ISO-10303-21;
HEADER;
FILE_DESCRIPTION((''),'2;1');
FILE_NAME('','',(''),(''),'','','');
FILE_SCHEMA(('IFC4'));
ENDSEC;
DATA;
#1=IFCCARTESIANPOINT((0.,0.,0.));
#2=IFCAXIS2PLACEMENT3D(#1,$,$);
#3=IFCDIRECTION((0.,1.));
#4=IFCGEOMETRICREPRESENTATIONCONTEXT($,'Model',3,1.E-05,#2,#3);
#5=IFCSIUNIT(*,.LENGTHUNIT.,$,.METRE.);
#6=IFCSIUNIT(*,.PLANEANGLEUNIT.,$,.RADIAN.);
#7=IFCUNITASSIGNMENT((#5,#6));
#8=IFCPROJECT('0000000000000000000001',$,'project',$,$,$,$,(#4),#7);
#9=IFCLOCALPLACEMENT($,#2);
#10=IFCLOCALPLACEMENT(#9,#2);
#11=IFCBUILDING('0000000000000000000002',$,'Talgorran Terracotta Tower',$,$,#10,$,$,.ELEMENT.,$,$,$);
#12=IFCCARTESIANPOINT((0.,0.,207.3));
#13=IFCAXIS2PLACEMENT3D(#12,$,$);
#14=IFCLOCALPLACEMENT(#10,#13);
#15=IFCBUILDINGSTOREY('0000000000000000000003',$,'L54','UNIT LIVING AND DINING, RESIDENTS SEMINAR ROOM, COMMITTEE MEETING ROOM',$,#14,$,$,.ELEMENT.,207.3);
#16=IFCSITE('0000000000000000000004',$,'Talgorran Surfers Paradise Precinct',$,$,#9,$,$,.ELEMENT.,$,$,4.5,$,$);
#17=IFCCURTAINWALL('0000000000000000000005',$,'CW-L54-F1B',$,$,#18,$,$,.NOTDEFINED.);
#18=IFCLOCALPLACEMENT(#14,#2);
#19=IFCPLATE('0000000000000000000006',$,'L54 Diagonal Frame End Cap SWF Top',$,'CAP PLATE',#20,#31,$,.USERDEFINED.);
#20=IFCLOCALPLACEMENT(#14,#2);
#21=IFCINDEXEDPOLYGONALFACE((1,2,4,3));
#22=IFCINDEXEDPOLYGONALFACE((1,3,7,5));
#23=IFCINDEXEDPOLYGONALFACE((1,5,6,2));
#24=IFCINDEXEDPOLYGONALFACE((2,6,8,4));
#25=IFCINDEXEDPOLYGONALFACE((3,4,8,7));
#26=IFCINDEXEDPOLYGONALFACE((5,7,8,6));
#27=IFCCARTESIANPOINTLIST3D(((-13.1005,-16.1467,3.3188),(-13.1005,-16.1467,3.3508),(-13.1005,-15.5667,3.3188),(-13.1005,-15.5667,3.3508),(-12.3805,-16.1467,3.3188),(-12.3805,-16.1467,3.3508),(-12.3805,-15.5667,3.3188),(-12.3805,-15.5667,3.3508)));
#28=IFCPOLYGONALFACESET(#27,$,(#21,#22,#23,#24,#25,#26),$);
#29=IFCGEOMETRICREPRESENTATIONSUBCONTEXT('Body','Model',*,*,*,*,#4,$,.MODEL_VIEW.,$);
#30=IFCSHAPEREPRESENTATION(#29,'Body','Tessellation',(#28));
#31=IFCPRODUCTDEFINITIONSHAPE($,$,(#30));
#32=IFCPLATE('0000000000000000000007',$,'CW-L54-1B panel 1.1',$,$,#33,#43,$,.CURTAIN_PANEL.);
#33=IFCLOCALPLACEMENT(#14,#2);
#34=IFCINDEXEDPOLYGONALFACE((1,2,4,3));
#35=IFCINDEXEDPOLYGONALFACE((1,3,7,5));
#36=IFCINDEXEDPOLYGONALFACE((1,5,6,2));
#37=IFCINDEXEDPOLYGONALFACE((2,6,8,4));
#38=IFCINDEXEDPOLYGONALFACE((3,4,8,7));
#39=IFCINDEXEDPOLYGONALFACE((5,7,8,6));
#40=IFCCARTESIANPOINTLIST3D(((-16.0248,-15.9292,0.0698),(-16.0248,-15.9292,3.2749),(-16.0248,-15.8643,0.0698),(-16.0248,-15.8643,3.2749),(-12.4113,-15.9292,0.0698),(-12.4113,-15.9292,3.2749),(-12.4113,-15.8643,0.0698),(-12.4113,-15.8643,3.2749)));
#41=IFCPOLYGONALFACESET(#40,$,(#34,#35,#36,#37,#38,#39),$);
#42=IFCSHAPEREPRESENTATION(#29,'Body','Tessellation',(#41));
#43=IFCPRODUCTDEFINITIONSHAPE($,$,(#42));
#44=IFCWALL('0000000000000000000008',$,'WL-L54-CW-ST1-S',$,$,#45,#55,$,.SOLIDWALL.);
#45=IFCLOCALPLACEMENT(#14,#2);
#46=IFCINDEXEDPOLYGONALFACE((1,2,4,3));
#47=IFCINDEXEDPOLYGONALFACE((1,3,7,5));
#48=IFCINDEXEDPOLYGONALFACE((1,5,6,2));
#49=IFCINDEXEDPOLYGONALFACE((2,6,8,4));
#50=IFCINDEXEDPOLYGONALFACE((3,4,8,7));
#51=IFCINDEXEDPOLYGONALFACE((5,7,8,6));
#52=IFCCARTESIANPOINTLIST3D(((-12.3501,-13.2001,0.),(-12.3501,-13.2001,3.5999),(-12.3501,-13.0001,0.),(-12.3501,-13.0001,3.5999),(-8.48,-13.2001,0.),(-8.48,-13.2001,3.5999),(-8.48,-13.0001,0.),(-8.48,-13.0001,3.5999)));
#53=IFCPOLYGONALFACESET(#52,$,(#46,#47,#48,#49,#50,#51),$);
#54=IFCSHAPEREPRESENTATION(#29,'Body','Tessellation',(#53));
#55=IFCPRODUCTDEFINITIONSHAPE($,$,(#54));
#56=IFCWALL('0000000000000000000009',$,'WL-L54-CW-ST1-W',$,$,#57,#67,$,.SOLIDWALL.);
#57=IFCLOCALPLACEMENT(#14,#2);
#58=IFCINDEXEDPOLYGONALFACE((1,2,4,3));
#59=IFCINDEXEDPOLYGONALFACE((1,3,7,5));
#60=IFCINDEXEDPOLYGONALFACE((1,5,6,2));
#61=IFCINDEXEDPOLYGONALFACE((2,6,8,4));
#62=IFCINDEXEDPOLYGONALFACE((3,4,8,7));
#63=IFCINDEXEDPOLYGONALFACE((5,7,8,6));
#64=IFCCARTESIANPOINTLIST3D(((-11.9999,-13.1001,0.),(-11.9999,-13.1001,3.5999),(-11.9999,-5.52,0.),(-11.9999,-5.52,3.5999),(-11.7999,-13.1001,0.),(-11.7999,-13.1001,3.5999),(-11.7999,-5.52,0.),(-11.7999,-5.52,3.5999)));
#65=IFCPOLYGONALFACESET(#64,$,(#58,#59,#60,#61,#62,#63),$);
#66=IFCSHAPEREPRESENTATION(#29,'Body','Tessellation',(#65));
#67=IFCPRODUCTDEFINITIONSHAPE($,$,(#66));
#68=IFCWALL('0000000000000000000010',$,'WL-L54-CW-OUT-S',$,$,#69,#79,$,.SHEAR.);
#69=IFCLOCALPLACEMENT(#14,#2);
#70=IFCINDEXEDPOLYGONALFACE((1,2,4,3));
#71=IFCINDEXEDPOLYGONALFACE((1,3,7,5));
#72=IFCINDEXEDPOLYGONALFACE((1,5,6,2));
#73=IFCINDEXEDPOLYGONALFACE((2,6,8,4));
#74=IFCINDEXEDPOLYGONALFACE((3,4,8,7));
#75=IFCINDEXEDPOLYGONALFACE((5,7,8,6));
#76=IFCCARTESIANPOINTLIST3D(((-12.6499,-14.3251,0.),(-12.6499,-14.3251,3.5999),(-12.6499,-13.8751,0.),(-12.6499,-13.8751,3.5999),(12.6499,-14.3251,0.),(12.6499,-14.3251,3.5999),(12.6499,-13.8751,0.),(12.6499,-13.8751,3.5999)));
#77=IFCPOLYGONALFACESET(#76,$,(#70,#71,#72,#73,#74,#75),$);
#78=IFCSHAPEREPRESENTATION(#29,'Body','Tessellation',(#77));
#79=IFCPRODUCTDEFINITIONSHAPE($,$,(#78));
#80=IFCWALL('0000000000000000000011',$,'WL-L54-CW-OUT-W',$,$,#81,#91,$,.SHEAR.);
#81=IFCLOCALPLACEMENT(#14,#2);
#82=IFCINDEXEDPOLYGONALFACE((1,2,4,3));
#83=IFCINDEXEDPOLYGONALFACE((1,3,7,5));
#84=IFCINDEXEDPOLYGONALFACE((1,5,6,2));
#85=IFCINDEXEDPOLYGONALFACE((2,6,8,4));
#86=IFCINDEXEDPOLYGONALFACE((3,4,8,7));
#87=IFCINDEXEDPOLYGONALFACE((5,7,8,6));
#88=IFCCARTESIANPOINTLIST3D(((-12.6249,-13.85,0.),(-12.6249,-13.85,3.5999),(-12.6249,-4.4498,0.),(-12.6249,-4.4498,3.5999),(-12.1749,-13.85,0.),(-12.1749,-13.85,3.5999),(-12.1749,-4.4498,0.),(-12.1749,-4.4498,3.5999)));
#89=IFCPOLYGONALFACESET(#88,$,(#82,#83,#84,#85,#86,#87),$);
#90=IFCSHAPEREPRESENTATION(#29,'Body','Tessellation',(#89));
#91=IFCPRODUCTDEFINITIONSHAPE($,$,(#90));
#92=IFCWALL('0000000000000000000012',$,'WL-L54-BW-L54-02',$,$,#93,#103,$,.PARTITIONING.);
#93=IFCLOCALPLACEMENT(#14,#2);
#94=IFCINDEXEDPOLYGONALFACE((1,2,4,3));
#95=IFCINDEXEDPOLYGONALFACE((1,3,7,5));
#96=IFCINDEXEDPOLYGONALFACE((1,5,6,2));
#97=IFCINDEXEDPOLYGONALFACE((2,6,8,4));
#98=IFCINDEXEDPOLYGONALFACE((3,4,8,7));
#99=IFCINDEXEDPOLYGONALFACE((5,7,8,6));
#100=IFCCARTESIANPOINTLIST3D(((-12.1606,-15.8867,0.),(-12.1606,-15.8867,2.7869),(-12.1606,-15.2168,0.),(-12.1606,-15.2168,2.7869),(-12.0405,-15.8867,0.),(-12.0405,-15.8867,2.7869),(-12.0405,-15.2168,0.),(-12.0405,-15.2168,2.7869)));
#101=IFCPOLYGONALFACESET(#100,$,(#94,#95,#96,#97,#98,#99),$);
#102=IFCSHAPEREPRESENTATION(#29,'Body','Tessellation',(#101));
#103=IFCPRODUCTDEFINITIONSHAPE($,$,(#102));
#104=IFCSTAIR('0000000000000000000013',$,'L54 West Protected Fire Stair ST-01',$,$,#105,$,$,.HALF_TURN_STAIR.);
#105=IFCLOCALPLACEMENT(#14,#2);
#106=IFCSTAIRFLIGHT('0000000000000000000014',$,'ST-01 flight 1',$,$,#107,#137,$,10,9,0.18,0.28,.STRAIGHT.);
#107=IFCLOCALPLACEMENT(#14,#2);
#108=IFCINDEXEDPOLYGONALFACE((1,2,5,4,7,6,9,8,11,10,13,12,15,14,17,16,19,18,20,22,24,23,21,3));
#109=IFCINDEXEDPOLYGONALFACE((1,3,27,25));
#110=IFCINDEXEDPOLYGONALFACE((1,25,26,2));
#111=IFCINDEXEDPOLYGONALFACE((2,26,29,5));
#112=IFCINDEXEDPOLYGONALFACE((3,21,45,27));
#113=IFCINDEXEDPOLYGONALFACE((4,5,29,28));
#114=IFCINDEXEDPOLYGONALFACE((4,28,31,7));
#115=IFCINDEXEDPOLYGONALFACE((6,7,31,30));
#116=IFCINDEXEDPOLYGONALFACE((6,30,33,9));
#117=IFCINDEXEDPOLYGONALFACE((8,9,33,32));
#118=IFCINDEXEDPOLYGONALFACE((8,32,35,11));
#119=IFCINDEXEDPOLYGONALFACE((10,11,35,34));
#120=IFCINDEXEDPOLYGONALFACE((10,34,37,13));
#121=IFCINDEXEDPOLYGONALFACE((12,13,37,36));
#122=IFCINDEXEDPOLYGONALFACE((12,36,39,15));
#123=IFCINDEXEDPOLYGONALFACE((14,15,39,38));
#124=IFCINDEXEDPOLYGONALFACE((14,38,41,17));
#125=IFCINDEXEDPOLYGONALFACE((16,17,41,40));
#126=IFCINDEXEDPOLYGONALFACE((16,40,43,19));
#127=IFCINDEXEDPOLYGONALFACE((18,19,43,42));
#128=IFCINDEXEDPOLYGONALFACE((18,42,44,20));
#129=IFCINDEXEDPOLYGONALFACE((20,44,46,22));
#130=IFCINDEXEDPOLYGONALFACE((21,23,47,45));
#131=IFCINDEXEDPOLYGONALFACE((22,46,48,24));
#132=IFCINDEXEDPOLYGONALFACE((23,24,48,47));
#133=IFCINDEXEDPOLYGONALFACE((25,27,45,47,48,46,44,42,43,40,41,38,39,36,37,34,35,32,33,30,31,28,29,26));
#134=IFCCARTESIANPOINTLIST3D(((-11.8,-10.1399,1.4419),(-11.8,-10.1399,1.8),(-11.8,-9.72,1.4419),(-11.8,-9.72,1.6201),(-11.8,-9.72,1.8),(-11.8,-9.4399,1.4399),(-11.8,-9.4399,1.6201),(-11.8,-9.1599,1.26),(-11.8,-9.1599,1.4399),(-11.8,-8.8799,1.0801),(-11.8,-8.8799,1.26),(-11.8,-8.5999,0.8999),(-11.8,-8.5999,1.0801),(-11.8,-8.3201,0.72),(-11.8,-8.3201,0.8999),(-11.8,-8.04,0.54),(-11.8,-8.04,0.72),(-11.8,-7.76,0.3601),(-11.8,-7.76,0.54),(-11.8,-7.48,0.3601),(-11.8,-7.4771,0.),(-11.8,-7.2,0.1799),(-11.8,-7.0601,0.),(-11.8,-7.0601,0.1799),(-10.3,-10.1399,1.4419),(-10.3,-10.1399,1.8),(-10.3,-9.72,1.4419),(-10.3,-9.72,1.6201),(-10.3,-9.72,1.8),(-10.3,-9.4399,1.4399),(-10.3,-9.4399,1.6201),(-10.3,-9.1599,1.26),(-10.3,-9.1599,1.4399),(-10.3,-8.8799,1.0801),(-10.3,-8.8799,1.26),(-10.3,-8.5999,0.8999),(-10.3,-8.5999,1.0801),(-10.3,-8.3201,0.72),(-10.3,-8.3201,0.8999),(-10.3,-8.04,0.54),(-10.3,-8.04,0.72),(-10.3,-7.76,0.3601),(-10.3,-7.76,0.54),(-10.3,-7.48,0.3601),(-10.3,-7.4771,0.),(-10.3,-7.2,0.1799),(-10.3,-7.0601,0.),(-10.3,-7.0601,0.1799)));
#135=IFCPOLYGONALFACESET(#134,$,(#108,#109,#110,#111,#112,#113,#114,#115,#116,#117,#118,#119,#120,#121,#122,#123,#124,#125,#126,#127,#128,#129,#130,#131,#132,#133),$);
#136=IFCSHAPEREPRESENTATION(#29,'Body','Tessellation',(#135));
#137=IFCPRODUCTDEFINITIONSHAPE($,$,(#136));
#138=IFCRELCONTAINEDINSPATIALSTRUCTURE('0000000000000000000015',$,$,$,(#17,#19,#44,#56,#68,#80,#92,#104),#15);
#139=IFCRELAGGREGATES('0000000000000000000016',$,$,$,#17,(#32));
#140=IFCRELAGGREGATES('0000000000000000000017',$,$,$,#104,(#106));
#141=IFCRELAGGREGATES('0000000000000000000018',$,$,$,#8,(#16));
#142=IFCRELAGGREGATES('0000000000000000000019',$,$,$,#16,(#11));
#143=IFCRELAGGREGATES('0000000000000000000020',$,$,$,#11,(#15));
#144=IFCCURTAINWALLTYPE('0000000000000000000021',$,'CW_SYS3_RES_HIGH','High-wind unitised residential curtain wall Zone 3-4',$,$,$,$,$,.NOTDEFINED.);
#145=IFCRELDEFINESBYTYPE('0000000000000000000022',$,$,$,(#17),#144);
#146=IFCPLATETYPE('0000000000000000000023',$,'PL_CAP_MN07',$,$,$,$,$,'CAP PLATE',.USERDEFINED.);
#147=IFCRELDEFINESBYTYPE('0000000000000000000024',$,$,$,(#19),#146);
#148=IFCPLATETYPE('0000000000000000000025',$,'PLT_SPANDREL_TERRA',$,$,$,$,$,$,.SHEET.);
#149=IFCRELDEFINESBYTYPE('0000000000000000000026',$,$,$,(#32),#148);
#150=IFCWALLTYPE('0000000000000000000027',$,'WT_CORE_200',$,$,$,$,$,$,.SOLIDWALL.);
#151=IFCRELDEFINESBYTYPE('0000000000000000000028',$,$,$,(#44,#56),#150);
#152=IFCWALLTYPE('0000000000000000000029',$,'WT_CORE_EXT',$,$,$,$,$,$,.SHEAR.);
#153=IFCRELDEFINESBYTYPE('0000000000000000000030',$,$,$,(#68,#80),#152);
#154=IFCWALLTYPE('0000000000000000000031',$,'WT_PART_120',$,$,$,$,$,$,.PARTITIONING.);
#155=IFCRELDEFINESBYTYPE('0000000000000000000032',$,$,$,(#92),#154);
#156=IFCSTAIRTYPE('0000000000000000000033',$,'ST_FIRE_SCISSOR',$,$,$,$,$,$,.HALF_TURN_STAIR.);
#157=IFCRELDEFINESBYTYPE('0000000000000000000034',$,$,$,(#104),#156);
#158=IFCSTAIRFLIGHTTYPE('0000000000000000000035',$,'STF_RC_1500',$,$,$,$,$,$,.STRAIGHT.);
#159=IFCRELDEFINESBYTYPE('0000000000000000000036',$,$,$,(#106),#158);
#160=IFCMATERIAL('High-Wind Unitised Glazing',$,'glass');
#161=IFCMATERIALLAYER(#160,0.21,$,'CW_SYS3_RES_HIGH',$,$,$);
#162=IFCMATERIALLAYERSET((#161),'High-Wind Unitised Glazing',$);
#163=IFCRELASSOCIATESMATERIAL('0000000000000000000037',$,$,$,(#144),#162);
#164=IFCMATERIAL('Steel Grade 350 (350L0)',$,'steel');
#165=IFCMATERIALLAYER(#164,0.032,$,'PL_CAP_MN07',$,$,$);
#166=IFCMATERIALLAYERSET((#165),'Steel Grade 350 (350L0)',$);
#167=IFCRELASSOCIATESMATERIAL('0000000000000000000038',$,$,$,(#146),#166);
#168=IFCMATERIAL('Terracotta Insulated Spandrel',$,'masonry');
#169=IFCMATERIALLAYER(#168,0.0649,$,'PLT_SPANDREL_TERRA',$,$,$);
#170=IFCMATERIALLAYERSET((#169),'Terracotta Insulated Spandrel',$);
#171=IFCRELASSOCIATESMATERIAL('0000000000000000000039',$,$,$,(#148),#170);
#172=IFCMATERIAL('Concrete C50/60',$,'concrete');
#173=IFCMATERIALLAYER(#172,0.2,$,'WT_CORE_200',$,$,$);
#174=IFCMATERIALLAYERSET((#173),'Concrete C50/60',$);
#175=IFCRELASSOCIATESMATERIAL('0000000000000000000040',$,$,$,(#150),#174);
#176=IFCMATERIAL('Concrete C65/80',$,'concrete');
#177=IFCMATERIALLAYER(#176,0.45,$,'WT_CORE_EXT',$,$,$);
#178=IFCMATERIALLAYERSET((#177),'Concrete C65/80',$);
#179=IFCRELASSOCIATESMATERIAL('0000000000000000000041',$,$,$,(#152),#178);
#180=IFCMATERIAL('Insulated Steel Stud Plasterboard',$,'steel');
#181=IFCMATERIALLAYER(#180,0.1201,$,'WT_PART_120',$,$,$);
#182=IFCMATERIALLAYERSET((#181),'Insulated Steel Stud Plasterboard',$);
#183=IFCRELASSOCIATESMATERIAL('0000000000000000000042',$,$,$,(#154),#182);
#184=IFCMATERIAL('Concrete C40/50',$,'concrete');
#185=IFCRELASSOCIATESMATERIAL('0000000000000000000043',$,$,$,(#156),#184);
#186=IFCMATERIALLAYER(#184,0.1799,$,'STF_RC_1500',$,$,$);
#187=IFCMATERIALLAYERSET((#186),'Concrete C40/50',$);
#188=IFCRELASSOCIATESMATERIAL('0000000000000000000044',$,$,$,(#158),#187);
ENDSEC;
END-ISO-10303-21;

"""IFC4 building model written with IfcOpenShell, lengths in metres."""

from ifc_helpers import new_model, si_unit, direction, frame, frame_2d, origin, origin_2d, place, context, subcontext, project, spatial, polyline, rectangle, outline, extrude, source, transform, mapped, material, layer, layer_set, type_object, type_shapes, element, aggregate, save


model = new_model("IFC4")

# Units and contexts
model_context = context("Model", 3, precision=1e-05, world=origin(), true_north=direction((0.0, 1.0)))
body_context = subcontext(model_context, "Body", "Model", "MODEL_VIEW")
ifc_project = project(units=[si_unit("LENGTHUNIT", "METRE"), si_unit("PLANEANGLEUNIT", "RADIAN")], contexts=[model_context])

# Site, building, storey
site_placement = place(None, origin())
site = spatial("IfcSite", under=ifc_project, at=site_placement, Name="Talgorran Surfers Paradise Precinct", CompositionType="ELEMENT", RefElevation=4.5)
building_placement = place(site_placement, origin())
building = spatial("IfcBuilding", under=site, at=building_placement, Name="Talgorran Terracotta Tower", CompositionType="ELEMENT")
storey_placement = place(building_placement, frame((0.0, 0.0, 207.3)))
storey = spatial("IfcBuildingStorey", under=building, at=storey_placement, Name="L54", Description="UNIT LIVING AND DINING, RESIDENTS SEMINAR ROOM, COMMITTEE MEETING ROOM", CompositionType="ELEMENT", Elevation=207.3)

# Shared definitions
ifc_material_1 = material(Name="Steel Grade 350 (350L0)", Category="steel")

# Curtain wall
ifc_material_2 = material(Name="High-Wind Unitised Glazing", Category="glass")
ifc_layer_1 = layer(ifc_material_2, 0.21, Name="CW_SYS3_RES_HIGH")
ifc_layer_set_1 = layer_set([ifc_layer_1], Name="High-Wind Unitised Glazing")
curtain_wall_type = type_object("IfcCurtainWallType", Name="CW_SYS3_RES_HIGH", Description="High-wind unitised residential curtain wall Zone 3-4", PredefinedType="NOTDEFINED", material=ifc_layer_set_1)
curtain_wall_1_placement = place(storey_placement, origin())
curtain_wall_1 = element("IfcCurtainWall", 1, at=curtain_wall_1_placement, inside=storey, type_object=curtain_wall_type, Name="CW-L54-F1B", PredefinedType="NOTDEFINED")

# Plates
ifc_layer_2 = layer(ifc_material_1, 0.032, Name="PL_CAP_MN07")
ifc_layer_set_2 = layer_set([ifc_layer_2], Name="Steel Grade 350 (350L0)")
plate_type_1 = type_object("IfcPlateType", Name="PL_CAP_MN07", ElementType="CAP PLATE", PredefinedType="USERDEFINED", material=ifc_layer_set_2)
plate_1_placement = place(storey_placement, frame((-12.7405, -15.8567, 3.3188), z_axis=(0.0, 0.0, 1.0), x_axis=(1.0, 0.0, 0.0)))
element("IfcPlate", 2, at=plate_1_placement, inside=storey, type_object=plate_type_1, Name="L54 Diagonal Frame End Cap SWF Top", ObjectType="CAP PLATE", PredefinedType="USERDEFINED", context=body_context, shape_type="SweptSolid", body=[
    extrude(rectangle(XDim=0.72, YDim=0.5801, at=origin_2d()), origin(), (0.0, 0.0, 1.0), 0.032),
])
ifc_material_3 = material(Name="Terracotta Insulated Spandrel", Category="masonry")
ifc_layer_3 = layer(ifc_material_3, 0.0649, Name="PLT_SPANDREL_TERRA")
ifc_layer_set_3 = layer_set([ifc_layer_3], Name="Terracotta Insulated Spandrel")
plate_type_2 = type_object("IfcPlateType", Name="PLT_SPANDREL_TERRA", PredefinedType="SHEET", material=ifc_layer_set_3)
shared_shape = source(origin(), body_context, "Body", "SweptSolid", [
    extrude(rectangle(XDim=3.6135, YDim=0.0649, at=origin_2d()), origin(), (0.0, 0.0, 1.0), 3.2051),
])
type_shapes(plate_type_2, [shared_shape])
plate_2_placement = place(storey_placement, frame((-14.218, -15.8967, 0.0698), z_axis=(0.0, 0.0, 1.0), x_axis=(1.0, 0.0, 0.0)))
plate_2 = element("IfcPlate", 3, at=plate_2_placement, type_object=plate_type_2, Name="CW-L54-1B panel 1.1", PredefinedType="CURTAIN_PANEL", context=body_context, shape_type="MappedRepresentation", body=[
    mapped(shared_shape, transform((0.0, 0.0, 0.0), scale=1.0)),
])
aggregate(curtain_wall_1, [plate_2])

# Walls
ifc_material_4 = material(Name="Concrete C50/60", Category="concrete")
ifc_layer_4 = layer(ifc_material_4, 0.2, Name="WT_CORE_200")
ifc_layer_set_4 = layer_set([ifc_layer_4], Name="Concrete C50/60")
wall_type_1 = type_object("IfcWallType", Name="WT_CORE_200", PredefinedType="SOLIDWALL", material=ifc_layer_set_4)
wall_1_placement = place(storey_placement, frame((-12.3501, -13.1001, 0.0), z_axis=(0.0, 0.0, 1.0), x_axis=(1.0, 0.0, 0.0)))
element("IfcWall", 4, at=wall_1_placement, inside=storey, type_object=wall_type_1, Name="WL-L54-CW-ST1-S", PredefinedType="SOLIDWALL", context=body_context, shape_type="SweptSolid", body=[
    extrude(rectangle(XDim=3.8701, YDim=0.2, at=frame_2d((1.9351, 0.0))), origin(), (0.0, 0.0, 1.0), 3.5999),
])
wall_2_placement = place(storey_placement, frame((-11.8999, -13.1001, 0.0), z_axis=(0.0, 0.0, 1.0), x_axis=(0.0, 1.0, 0.0)))
element("IfcWall", 5, at=wall_2_placement, inside=storey, type_object=wall_type_1, Name="WL-L54-CW-ST1-W", PredefinedType="SOLIDWALL", context=body_context, shape_type="SweptSolid", body=[
    extrude(rectangle(XDim=7.5801, YDim=0.2, at=frame_2d((3.79, 0.0))), origin(), (0.0, 0.0, 1.0), 3.5999),
])
ifc_material_5 = material(Name="Concrete C65/80", Category="concrete")
ifc_layer_5 = layer(ifc_material_5, 0.45, Name="WT_CORE_EXT")
ifc_layer_set_5 = layer_set([ifc_layer_5], Name="Concrete C65/80")
wall_type_2 = type_object("IfcWallType", Name="WT_CORE_EXT", PredefinedType="SHEAR", material=ifc_layer_set_5)
wall_3_placement = place(storey_placement, frame((-12.6499, -14.1001, 0.0), z_axis=(0.0, 0.0, 1.0), x_axis=(1.0, 0.0, 0.0)))
element("IfcWall", 6, at=wall_3_placement, inside=storey, type_object=wall_type_2, Name="WL-L54-CW-OUT-S", PredefinedType="SHEAR", context=body_context, shape_type="SweptSolid", body=[
    extrude(rectangle(XDim=25.2998, YDim=0.45, at=frame_2d((12.6499, 0.0))), origin(), (0.0, 0.0, 1.0), 3.5999),
])
wall_4_placement = place(storey_placement, frame((-12.3999, -13.8501, 0.0), z_axis=(0.0, 0.0, 1.0), x_axis=(0.0, 1.0, 0.0)))
element("IfcWall", 7, at=wall_4_placement, inside=storey, type_object=wall_type_2, Name="WL-L54-CW-OUT-W", PredefinedType="SHEAR", context=body_context, shape_type="SweptSolid", body=[
    extrude(rectangle(XDim=9.4001, YDim=0.45, at=frame_2d((4.7002, 0.0))), origin(), (0.0, 0.0, 1.0), 3.5999),
])
ifc_material_6 = material(Name="Insulated Steel Stud Plasterboard", Category="steel")
ifc_layer_6 = layer(ifc_material_6, 0.1201, Name="WT_PART_120")
ifc_layer_set_6 = layer_set([ifc_layer_6], Name="Insulated Steel Stud Plasterboard")
wall_type_3 = type_object("IfcWallType", Name="WT_PART_120", PredefinedType="PARTITIONING", material=ifc_layer_set_6)
wall_5_placement = place(storey_placement, frame((-12.1006, -15.2168, 0.0), z_axis=(0.0, 0.0, 1.0), x_axis=(0.0, -1.0, 0.0)))
element("IfcWall", 8, at=wall_5_placement, inside=storey, type_object=wall_type_3, Name="WL-L54-BW-L54-02", PredefinedType="PARTITIONING", context=body_context, shape_type="SweptSolid", body=[
    extrude(rectangle(XDim=0.6699, YDim=0.1201, at=frame_2d((0.335, 0.0))), origin(), (0.0, 0.0, 1.0), 2.7869),
])

# Stair, stair flight
ifc_material_7 = material(Name="Concrete C40/50", Category="concrete")
stair_type = type_object("IfcStairType", Name="ST_FIRE_SCISSOR", PredefinedType="HALF_TURN_STAIR", material=ifc_material_7)
stair_placement = place(storey_placement, origin())
stair = element("IfcStair", 9, at=stair_placement, inside=storey, type_object=stair_type, Name="L54 West Protected Fire Stair ST-01", PredefinedType="HALF_TURN_STAIR")
ifc_layer_7 = layer(ifc_material_7, 0.1799, Name="STF_RC_1500")
ifc_layer_set_7 = layer_set([ifc_layer_7], Name="Concrete C40/50")
stair_flight_type = type_object("IfcStairFlightType", Name="STF_RC_1500", PredefinedType="STRAIGHT", material=ifc_layer_set_7)
stair_flight_placement = place(storey_placement, frame((-11.05, -7.2, 0.0), z_axis=(0.0, 0.0, 1.0), x_axis=(0.0, -1.0, 0.0)))
stair_flight = element("IfcStairFlight", 10, at=stair_flight_placement, type_object=stair_flight_type, Name="ST-01 flight 1", NumberOfRisers=10, NumberOfTreads=9, PredefinedType="STRAIGHT", RiserHeight=0.18, TreadLength=0.28, context=body_context, shape_type="SweptSolid", body=[
    extrude(outline(polyline([(-0.1399, 0.0), (-0.1399, 0.1799), (0.0, 0.1799), (0.28, 0.3601), (0.5601, 0.3601), (0.5601, 0.54), (0.8401, 0.54), (0.8401, 0.72), (1.1201, 0.72), (1.1201, 0.8999), (1.3999, 0.8999), (1.3999, 1.0801), (1.6799, 1.0801), (1.6799, 1.26), (1.96, 1.26), (1.96, 1.4399), (2.24, 1.4399), (2.24, 1.6201), (2.52, 1.6201), (2.52, 1.8), (2.9399, 1.8), (2.9399, 1.4419), (2.52, 1.4419), (0.2771, 0.0), (-0.1399, 0.0)])), frame((0.0, 0.75, 0.0), z_axis=(0.0, -1.0, 0.0), x_axis=(1.0, 0.0, 0.0)), (0.0, 0.0, 1.0), 1.5),
])
aggregate(stair, [stair_flight])

save(model, "model.ifc")
